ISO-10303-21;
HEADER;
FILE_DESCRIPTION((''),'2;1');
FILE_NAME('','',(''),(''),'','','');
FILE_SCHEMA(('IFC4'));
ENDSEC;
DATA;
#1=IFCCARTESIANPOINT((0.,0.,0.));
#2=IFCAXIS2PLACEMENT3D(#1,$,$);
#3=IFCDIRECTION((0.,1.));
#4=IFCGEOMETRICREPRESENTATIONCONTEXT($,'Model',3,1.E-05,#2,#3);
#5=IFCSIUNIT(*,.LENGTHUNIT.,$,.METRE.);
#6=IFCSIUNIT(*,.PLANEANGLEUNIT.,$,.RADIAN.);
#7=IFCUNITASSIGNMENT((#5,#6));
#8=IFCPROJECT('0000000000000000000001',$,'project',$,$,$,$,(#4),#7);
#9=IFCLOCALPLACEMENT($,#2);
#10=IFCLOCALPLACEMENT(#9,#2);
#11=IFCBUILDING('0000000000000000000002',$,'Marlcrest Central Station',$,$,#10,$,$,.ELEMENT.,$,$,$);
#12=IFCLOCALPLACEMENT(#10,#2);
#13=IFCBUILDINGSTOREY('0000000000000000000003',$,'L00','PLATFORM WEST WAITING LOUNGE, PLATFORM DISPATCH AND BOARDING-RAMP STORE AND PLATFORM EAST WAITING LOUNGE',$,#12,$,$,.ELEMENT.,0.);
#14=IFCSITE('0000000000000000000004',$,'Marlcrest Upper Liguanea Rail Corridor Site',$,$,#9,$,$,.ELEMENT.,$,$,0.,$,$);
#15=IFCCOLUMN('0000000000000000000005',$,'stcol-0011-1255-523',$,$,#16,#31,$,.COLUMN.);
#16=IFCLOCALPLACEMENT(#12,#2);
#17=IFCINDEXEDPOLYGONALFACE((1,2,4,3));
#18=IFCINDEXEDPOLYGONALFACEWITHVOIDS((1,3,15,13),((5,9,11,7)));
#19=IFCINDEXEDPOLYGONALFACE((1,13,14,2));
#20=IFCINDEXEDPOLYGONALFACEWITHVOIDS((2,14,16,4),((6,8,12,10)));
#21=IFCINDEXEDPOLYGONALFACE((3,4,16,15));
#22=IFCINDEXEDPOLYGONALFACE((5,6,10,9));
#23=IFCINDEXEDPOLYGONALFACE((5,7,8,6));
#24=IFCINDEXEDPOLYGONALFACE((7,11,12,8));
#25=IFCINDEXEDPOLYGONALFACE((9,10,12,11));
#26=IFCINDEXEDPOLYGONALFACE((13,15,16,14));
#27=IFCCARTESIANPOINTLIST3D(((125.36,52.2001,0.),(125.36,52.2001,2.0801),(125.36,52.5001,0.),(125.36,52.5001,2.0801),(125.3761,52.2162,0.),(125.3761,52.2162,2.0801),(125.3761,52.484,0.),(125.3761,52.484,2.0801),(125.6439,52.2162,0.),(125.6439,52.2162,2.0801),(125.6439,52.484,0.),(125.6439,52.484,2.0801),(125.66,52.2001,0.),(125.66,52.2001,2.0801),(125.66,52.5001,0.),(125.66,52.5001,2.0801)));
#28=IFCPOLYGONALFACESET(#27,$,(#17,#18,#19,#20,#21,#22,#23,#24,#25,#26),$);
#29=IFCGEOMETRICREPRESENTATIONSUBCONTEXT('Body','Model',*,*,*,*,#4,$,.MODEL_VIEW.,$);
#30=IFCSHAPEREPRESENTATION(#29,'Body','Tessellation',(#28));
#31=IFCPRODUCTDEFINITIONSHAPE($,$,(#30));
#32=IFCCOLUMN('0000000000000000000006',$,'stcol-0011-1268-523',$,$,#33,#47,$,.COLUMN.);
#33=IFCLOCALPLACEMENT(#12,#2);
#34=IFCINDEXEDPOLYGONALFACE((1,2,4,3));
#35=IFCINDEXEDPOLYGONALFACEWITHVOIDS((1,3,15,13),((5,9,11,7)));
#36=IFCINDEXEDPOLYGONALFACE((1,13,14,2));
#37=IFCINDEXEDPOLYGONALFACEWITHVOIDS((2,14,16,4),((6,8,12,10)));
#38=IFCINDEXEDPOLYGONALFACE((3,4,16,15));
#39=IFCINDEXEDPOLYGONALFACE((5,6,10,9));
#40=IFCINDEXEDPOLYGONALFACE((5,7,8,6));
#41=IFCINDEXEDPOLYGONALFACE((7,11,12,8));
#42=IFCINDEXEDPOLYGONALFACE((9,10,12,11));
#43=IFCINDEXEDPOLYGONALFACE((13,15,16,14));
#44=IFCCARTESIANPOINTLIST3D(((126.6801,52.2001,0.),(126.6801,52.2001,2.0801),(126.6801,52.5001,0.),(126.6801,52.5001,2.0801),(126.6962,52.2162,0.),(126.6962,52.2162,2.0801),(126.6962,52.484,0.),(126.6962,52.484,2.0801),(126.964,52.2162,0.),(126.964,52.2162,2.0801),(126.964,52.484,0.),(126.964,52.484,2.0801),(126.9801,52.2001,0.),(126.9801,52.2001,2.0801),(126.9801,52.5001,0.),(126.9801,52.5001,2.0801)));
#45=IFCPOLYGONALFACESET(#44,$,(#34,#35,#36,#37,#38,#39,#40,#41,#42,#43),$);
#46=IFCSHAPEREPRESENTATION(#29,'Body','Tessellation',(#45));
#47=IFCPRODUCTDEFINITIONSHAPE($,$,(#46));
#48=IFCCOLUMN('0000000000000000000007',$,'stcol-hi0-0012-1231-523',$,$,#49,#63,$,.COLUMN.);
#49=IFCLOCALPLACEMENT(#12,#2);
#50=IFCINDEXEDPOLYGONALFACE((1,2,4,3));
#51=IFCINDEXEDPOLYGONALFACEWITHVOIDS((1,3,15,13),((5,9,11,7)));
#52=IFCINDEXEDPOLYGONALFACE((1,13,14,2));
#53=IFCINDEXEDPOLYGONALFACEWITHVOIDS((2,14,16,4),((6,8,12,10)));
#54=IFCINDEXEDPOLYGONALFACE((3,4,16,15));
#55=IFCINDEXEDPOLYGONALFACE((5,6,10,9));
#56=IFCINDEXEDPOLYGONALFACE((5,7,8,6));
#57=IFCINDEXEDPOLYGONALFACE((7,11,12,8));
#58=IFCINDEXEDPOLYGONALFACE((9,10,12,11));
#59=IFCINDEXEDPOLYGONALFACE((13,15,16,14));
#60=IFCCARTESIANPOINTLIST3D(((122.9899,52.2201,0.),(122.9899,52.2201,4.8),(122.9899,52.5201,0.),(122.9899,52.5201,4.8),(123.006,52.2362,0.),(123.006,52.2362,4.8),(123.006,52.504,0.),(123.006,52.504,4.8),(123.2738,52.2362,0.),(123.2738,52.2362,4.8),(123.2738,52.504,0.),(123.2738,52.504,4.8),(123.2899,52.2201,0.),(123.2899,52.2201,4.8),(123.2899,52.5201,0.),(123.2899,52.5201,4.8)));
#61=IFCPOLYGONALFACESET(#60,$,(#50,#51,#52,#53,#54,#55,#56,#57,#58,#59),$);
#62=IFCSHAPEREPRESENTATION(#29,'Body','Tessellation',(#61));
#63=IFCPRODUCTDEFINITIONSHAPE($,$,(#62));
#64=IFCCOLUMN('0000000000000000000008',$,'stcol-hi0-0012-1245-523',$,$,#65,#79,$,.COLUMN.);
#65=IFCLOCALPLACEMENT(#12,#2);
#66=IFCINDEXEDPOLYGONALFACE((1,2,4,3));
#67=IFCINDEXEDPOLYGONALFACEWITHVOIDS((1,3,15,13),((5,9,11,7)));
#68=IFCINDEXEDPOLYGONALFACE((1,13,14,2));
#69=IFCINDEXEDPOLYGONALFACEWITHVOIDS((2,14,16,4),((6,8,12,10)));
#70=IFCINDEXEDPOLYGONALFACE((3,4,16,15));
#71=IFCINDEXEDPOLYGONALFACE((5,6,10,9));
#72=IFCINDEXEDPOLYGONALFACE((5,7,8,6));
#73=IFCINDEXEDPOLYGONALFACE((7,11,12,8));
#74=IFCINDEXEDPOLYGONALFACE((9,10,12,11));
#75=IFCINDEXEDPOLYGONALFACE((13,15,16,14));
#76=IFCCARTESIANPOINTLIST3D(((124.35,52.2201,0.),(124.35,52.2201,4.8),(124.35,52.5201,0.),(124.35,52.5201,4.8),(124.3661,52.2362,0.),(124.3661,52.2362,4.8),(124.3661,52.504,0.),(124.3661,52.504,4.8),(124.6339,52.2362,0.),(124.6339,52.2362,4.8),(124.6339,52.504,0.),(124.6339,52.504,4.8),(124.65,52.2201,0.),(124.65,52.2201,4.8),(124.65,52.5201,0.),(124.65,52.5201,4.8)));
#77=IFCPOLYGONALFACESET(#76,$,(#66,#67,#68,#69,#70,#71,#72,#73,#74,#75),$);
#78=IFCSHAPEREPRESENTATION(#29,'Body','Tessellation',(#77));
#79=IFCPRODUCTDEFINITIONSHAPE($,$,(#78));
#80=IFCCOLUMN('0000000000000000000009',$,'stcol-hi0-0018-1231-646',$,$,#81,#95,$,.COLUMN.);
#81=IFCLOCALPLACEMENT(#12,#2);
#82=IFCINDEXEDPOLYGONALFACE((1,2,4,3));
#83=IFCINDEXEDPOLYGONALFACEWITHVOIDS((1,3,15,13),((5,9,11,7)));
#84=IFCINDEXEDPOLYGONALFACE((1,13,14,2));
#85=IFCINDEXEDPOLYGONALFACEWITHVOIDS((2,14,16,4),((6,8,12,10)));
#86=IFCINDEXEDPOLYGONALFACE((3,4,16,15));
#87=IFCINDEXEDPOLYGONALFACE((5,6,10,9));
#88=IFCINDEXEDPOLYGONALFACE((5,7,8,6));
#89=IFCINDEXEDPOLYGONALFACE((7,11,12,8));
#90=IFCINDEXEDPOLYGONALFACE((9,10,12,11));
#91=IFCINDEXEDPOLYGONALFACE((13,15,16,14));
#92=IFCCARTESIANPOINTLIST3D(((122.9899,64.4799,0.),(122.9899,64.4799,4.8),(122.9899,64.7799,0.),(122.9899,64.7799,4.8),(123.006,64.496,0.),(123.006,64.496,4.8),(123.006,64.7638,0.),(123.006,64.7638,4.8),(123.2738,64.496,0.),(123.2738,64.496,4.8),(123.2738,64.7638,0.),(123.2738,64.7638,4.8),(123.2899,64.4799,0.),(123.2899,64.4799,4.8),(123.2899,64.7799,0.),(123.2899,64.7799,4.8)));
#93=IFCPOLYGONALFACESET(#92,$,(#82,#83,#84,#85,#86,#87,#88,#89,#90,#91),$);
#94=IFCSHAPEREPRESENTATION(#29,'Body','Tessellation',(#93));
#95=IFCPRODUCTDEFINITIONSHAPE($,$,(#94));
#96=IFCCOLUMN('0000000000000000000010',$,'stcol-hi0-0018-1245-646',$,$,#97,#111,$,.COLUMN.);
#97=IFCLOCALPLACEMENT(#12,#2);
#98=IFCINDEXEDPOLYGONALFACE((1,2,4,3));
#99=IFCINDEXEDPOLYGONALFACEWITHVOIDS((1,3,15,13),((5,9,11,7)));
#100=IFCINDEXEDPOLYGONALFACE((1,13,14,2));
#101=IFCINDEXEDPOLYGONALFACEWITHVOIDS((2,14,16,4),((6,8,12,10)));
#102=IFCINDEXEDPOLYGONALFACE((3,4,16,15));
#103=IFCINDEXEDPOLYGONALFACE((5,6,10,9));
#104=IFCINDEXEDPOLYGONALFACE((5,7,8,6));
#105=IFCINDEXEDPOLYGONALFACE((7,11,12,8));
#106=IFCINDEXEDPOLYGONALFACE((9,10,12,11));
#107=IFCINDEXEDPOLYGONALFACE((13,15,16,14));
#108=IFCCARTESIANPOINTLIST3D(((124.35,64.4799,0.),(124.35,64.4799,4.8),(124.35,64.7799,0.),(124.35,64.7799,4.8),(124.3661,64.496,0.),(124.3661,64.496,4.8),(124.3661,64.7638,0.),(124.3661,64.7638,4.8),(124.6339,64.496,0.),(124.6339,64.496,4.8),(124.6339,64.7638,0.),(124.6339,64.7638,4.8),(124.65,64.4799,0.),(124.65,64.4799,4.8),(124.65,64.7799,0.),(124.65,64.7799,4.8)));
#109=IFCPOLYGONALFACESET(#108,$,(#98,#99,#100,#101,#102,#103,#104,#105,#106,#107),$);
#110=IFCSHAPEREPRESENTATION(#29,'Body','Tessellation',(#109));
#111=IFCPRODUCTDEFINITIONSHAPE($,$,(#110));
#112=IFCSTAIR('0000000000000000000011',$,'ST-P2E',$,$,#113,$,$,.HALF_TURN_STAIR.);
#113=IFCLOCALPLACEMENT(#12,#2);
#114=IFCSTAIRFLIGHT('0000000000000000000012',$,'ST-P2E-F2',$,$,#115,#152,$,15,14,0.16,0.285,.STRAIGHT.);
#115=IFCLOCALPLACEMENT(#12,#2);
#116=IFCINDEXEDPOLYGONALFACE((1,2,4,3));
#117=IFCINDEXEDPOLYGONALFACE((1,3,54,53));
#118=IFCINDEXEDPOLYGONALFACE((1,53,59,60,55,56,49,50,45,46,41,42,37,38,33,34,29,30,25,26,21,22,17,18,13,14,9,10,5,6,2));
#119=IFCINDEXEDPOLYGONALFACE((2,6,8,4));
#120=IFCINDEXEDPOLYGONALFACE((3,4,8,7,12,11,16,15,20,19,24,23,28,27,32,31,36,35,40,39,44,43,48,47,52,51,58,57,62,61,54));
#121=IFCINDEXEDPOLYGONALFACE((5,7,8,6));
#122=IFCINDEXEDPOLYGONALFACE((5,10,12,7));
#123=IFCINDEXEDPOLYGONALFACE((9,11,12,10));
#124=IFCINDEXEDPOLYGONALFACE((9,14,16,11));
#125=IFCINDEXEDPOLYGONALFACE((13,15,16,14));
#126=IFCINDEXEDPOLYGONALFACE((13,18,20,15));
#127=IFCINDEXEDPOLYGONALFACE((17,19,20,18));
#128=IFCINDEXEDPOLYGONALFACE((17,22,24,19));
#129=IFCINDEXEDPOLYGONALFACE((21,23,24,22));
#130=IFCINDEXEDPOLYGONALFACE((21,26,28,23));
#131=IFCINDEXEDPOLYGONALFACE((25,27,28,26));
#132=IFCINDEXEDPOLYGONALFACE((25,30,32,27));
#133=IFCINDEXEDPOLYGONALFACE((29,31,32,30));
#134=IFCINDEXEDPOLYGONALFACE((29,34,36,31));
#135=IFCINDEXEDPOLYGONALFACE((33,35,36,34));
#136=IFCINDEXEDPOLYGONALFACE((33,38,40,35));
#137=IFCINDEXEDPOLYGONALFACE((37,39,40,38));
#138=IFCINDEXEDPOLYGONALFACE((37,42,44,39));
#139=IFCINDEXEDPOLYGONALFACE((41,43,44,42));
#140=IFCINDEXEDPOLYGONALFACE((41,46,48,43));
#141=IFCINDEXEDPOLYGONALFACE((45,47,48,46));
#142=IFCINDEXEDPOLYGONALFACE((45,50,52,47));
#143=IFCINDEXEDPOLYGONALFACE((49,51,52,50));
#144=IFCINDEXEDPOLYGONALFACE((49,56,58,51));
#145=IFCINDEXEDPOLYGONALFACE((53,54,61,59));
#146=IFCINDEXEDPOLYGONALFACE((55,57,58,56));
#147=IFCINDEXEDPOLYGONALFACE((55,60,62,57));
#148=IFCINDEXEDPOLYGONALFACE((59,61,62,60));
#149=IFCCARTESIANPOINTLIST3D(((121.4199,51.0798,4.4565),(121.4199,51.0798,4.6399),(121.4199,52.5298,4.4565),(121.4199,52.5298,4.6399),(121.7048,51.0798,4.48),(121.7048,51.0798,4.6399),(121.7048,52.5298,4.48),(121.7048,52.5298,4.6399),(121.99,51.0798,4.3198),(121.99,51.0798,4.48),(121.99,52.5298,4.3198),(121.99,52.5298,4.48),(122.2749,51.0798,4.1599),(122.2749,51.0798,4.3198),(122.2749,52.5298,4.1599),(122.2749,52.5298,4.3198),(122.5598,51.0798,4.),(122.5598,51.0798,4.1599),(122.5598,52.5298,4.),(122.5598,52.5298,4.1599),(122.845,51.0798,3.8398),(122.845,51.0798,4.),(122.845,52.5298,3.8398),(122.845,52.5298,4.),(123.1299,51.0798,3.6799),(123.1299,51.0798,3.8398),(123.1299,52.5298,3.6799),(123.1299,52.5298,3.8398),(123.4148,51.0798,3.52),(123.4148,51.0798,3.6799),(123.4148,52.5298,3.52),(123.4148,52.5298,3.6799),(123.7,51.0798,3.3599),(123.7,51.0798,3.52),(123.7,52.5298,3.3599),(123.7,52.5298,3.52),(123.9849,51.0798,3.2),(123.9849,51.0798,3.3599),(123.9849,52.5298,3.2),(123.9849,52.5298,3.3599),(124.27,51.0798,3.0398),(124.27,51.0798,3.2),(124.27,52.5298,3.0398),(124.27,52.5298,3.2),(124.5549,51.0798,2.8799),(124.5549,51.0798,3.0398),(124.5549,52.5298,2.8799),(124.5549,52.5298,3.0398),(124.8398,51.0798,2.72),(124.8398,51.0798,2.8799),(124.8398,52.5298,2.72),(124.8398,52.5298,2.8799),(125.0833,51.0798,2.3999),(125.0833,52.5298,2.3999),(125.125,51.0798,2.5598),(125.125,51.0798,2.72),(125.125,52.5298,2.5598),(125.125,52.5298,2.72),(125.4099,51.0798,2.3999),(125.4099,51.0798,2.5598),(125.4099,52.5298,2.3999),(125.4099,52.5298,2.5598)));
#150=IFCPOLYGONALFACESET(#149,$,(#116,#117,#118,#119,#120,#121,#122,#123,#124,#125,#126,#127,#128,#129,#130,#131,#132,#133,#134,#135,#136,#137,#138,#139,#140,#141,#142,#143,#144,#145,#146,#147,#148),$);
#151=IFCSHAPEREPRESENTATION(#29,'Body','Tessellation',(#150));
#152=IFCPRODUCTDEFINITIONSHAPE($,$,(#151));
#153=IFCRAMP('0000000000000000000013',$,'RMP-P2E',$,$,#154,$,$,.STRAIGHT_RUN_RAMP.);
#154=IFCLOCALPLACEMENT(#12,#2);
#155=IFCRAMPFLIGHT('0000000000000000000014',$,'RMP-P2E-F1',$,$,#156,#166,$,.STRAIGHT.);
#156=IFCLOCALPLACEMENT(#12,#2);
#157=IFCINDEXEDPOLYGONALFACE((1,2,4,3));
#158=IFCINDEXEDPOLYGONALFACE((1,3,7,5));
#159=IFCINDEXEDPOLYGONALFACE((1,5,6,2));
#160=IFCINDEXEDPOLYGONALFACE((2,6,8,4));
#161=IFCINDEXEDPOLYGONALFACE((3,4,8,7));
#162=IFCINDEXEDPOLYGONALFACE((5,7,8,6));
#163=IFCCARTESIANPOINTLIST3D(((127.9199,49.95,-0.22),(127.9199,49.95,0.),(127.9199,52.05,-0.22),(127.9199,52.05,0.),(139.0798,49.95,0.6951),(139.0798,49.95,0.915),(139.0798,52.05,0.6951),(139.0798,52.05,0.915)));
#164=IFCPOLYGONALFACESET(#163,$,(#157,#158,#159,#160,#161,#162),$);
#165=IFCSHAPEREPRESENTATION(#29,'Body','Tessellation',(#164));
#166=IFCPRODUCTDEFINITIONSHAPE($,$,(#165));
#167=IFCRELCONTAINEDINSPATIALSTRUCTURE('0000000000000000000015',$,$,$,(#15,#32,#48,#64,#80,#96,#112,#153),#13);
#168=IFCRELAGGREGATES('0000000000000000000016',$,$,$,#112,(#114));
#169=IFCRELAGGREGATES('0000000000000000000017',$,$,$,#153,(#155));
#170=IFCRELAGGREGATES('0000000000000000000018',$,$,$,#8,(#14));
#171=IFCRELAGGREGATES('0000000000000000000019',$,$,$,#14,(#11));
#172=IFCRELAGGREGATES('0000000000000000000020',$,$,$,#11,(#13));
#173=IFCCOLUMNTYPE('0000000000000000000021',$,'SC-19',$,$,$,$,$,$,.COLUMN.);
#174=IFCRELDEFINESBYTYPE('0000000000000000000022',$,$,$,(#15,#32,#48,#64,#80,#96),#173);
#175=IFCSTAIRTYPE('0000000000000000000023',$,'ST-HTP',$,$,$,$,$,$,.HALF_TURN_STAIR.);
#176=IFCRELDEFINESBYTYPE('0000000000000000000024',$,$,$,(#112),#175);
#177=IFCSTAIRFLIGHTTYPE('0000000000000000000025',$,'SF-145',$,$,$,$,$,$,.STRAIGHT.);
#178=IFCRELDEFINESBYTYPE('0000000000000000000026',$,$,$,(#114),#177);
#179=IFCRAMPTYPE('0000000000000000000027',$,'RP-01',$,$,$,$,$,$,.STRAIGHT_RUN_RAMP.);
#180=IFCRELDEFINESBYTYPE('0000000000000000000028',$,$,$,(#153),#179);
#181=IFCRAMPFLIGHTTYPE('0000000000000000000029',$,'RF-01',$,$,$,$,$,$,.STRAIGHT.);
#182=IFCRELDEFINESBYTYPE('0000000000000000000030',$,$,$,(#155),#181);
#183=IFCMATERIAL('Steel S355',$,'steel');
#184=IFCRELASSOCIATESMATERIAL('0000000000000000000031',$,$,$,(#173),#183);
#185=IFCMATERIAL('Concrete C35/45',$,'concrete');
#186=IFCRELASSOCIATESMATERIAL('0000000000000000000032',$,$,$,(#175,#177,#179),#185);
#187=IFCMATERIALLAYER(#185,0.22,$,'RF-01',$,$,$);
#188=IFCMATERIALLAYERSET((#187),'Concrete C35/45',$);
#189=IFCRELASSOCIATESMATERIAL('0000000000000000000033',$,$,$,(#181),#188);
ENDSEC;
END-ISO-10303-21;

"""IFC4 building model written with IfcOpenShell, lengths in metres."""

from ifc_helpers import new_model, si_unit, direction, frame, origin, origin_2d, place, context, subcontext, project, spatial, polyline, hollow_rectangle, outline, extrude, material, layer, layer_set, material_profile, profile_set, type_object, element, aggregate, save


model = new_model("IFC4")

# Units and contexts
model_context = context("Model", 3, precision=1e-05, world=origin(), true_north=direction((0.0, 1.0)))
body_context = subcontext(model_context, "Body", "Model", "MODEL_VIEW")
ifc_project = project(units=[si_unit("LENGTHUNIT", "METRE"), si_unit("PLANEANGLEUNIT", "RADIAN")], contexts=[model_context])

# Site, building, storey
site_placement = place(None, origin())
site = spatial("IfcSite", under=ifc_project, at=site_placement, Name="Marlcrest Upper Liguanea Rail Corridor Site", CompositionType="ELEMENT", RefElevation=0.0)
building_placement = place(site_placement, origin())
building = spatial("IfcBuilding", under=site, at=building_placement, Name="Marlcrest Central Station", CompositionType="ELEMENT")
storey_placement = place(building_placement, origin())
storey = spatial("IfcBuildingStorey", under=building, at=storey_placement, Name="L00", Description="PLATFORM WEST WAITING LOUNGE, PLATFORM DISPATCH AND BOARDING-RAMP STORE AND PLATFORM EAST WAITING LOUNGE", CompositionType="ELEMENT", Elevation=0.0)

# Shared definitions
ifc_material_1 = material(Name="Concrete C35/45", Category="concrete")

# Columns
ifc_material_2 = material(Name="Steel S355", Category="steel")
ifc_material_profile_1 = material_profile(ifc_material_2, hollow_rectangle(XDim=0.3, YDim=0.3, WallThickness=0.0161, at=origin_2d()), Name="SHS 300x300x16")
ifc_profile_set_1 = profile_set([ifc_material_profile_1], Name="Steel S355")
column_type = type_object("IfcColumnType", Name="SC-19", PredefinedType="COLUMN", material=ifc_profile_set_1)
for number, where, z_axis, x_axis, name in (
    (1, (125.51, 52.3501, 0.0), (0.0, 0.0, 1.0), (1.0, 0.0, 0.0), "stcol-0011-1255-523"),
    (2, (126.8301, 52.3501, 0.0), (0.0, 0.0, 1.0), (1.0, 0.0, 0.0), "stcol-0011-1268-523"),
):
    element("IfcColumn", number, at=place(storey_placement, frame(where, z_axis=z_axis, x_axis=x_axis)), inside=storey, type_object=column_type, Name=name, PredefinedType="COLUMN", context=body_context, shape_type="SweptSolid", body=[
        extrude(hollow_rectangle(XDim=0.3, YDim=0.3, WallThickness=0.0161, at=origin_2d()), origin(), (0.0, 0.0, 1.0), 2.0801),
    ])
for number, where, z_axis, x_axis, name in (
    (3, (123.1399, 52.3701, 0.0), (0.0, 0.0, 1.0), (1.0, 0.0, 0.0), "stcol-hi0-0012-1231-523"),
    (4, (124.5, 52.3701, 0.0), (0.0, 0.0, 1.0), (1.0, 0.0, 0.0), "stcol-hi0-0012-1245-523"),
    (5, (123.1399, 64.6299, 0.0), (0.0, 0.0, 1.0), (1.0, 0.0, 0.0), "stcol-hi0-0018-1231-646"),
    (6, (124.5, 64.6299, 0.0), (0.0, 0.0, 1.0), (1.0, 0.0, 0.0), "stcol-hi0-0018-1245-646"),
):
    element("IfcColumn", number, at=place(storey_placement, frame(where, z_axis=z_axis, x_axis=x_axis)), inside=storey, type_object=column_type, Name=name, PredefinedType="COLUMN", context=body_context, shape_type="SweptSolid", body=[
        extrude(hollow_rectangle(XDim=0.3, YDim=0.3, WallThickness=0.0161, at=origin_2d()), origin(), (0.0, 0.0, 1.0), 4.8),
    ])

# Stair, stair flight
stair_type = type_object("IfcStairType", Name="ST-HTP", PredefinedType="HALF_TURN_STAIR", material=ifc_material_1)
stair_placement = place(storey_placement, origin())
stair = element("IfcStair", 7, at=stair_placement, inside=storey, type_object=stair_type, Name="ST-P2E", PredefinedType="HALF_TURN_STAIR")
stair_flight_type = type_object("IfcStairFlightType", Name="SF-145", PredefinedType="STRAIGHT", material=ifc_material_1)
stair_flight_placement = place(storey_placement, frame((125.4099, 51.8049, 2.3999), z_axis=(0.0, 0.0, 1.0), x_axis=(-1.0, 0.0, 0.0)))
stair_flight = element("IfcStairFlight", 8, at=stair_flight_placement, type_object=stair_flight_type, Name="ST-P2E-F2", NumberOfRisers=15, NumberOfTreads=14, PredefinedType="STRAIGHT", RiserHeight=0.16, TreadLength=0.285, context=body_context, shape_type="SweptSolid", body=[
    extrude(outline(polyline([(0.0, 0.0), (0.0, 0.1599), (0.2849, 0.1599), (0.2849, 0.3201), (0.5701, 0.3201), (0.5701, 0.48), (0.855, 0.48), (0.855, 0.6399), (1.1399, 0.6399), (1.1399, 0.8), (1.425, 0.8), (1.425, 0.96), (1.71, 0.96), (1.71, 1.1201), (1.9951, 1.1201), (1.9951, 1.28), (2.28, 1.28), (2.28, 1.4399), (2.5649, 1.4399), (2.5649, 1.6001), (2.8501, 1.6001), (2.8501, 1.76), (3.135, 1.76), (3.135, 1.9199), (3.4199, 1.9199), (3.4199, 2.0801), (3.7051, 2.0801), (3.7051, 2.24), (3.99, 2.24), (3.99, 2.3999), (3.99, 2.0566), (0.3267, 0.0), (0.0, 0.0)])), frame((0.0, 0.7251, 0.0), z_axis=(0.0, -1.0, 0.0), x_axis=(1.0, 0.0, 0.0)), (0.0, 0.0, 1.0), 1.45),
])
aggregate(stair, [stair_flight])

# Ramp, ramp flight
ramp_type = type_object("IfcRampType", Name="RP-01", PredefinedType="STRAIGHT_RUN_RAMP", material=ifc_material_1)
ramp_placement = place(storey_placement, origin())
ramp = element("IfcRamp", 9, at=ramp_placement, inside=storey, type_object=ramp_type, Name="RMP-P2E", PredefinedType="STRAIGHT_RUN_RAMP")
ifc_layer = layer(ifc_material_1, 0.22, Name="RF-01")
ifc_layer_set = layer_set([ifc_layer], Name="Concrete C35/45")
ramp_flight_type = type_object("IfcRampFlightType", Name="RF-01", PredefinedType="STRAIGHT", material=ifc_layer_set)
ramp_flight_placement = place(storey_placement, frame((127.9199, 51.0, 0.0), z_axis=(0.0, 0.0, 1.0), x_axis=(1.0, 0.0, 0.0)))
ramp_flight = element("IfcRampFlight", 10, at=ramp_flight_placement, type_object=ramp_flight_type, Name="RMP-P2E-F1", PredefinedType="STRAIGHT", context=body_context, shape_type="SweptSolid", body=[
    extrude(outline(polyline([(0.0, -0.22), (0.0, 0.0), (11.1599, 0.915), (11.1599, 0.6951), (0.0, -0.22)])), frame((0.0, 1.05, 0.0), z_axis=(0.0, -1.0, 0.0), x_axis=(1.0, 0.0, 0.0)), (0.0, 0.0, 1.0), 2.1001),
])
aggregate(ramp, [ramp_flight])

save(model, "model.ifc")
